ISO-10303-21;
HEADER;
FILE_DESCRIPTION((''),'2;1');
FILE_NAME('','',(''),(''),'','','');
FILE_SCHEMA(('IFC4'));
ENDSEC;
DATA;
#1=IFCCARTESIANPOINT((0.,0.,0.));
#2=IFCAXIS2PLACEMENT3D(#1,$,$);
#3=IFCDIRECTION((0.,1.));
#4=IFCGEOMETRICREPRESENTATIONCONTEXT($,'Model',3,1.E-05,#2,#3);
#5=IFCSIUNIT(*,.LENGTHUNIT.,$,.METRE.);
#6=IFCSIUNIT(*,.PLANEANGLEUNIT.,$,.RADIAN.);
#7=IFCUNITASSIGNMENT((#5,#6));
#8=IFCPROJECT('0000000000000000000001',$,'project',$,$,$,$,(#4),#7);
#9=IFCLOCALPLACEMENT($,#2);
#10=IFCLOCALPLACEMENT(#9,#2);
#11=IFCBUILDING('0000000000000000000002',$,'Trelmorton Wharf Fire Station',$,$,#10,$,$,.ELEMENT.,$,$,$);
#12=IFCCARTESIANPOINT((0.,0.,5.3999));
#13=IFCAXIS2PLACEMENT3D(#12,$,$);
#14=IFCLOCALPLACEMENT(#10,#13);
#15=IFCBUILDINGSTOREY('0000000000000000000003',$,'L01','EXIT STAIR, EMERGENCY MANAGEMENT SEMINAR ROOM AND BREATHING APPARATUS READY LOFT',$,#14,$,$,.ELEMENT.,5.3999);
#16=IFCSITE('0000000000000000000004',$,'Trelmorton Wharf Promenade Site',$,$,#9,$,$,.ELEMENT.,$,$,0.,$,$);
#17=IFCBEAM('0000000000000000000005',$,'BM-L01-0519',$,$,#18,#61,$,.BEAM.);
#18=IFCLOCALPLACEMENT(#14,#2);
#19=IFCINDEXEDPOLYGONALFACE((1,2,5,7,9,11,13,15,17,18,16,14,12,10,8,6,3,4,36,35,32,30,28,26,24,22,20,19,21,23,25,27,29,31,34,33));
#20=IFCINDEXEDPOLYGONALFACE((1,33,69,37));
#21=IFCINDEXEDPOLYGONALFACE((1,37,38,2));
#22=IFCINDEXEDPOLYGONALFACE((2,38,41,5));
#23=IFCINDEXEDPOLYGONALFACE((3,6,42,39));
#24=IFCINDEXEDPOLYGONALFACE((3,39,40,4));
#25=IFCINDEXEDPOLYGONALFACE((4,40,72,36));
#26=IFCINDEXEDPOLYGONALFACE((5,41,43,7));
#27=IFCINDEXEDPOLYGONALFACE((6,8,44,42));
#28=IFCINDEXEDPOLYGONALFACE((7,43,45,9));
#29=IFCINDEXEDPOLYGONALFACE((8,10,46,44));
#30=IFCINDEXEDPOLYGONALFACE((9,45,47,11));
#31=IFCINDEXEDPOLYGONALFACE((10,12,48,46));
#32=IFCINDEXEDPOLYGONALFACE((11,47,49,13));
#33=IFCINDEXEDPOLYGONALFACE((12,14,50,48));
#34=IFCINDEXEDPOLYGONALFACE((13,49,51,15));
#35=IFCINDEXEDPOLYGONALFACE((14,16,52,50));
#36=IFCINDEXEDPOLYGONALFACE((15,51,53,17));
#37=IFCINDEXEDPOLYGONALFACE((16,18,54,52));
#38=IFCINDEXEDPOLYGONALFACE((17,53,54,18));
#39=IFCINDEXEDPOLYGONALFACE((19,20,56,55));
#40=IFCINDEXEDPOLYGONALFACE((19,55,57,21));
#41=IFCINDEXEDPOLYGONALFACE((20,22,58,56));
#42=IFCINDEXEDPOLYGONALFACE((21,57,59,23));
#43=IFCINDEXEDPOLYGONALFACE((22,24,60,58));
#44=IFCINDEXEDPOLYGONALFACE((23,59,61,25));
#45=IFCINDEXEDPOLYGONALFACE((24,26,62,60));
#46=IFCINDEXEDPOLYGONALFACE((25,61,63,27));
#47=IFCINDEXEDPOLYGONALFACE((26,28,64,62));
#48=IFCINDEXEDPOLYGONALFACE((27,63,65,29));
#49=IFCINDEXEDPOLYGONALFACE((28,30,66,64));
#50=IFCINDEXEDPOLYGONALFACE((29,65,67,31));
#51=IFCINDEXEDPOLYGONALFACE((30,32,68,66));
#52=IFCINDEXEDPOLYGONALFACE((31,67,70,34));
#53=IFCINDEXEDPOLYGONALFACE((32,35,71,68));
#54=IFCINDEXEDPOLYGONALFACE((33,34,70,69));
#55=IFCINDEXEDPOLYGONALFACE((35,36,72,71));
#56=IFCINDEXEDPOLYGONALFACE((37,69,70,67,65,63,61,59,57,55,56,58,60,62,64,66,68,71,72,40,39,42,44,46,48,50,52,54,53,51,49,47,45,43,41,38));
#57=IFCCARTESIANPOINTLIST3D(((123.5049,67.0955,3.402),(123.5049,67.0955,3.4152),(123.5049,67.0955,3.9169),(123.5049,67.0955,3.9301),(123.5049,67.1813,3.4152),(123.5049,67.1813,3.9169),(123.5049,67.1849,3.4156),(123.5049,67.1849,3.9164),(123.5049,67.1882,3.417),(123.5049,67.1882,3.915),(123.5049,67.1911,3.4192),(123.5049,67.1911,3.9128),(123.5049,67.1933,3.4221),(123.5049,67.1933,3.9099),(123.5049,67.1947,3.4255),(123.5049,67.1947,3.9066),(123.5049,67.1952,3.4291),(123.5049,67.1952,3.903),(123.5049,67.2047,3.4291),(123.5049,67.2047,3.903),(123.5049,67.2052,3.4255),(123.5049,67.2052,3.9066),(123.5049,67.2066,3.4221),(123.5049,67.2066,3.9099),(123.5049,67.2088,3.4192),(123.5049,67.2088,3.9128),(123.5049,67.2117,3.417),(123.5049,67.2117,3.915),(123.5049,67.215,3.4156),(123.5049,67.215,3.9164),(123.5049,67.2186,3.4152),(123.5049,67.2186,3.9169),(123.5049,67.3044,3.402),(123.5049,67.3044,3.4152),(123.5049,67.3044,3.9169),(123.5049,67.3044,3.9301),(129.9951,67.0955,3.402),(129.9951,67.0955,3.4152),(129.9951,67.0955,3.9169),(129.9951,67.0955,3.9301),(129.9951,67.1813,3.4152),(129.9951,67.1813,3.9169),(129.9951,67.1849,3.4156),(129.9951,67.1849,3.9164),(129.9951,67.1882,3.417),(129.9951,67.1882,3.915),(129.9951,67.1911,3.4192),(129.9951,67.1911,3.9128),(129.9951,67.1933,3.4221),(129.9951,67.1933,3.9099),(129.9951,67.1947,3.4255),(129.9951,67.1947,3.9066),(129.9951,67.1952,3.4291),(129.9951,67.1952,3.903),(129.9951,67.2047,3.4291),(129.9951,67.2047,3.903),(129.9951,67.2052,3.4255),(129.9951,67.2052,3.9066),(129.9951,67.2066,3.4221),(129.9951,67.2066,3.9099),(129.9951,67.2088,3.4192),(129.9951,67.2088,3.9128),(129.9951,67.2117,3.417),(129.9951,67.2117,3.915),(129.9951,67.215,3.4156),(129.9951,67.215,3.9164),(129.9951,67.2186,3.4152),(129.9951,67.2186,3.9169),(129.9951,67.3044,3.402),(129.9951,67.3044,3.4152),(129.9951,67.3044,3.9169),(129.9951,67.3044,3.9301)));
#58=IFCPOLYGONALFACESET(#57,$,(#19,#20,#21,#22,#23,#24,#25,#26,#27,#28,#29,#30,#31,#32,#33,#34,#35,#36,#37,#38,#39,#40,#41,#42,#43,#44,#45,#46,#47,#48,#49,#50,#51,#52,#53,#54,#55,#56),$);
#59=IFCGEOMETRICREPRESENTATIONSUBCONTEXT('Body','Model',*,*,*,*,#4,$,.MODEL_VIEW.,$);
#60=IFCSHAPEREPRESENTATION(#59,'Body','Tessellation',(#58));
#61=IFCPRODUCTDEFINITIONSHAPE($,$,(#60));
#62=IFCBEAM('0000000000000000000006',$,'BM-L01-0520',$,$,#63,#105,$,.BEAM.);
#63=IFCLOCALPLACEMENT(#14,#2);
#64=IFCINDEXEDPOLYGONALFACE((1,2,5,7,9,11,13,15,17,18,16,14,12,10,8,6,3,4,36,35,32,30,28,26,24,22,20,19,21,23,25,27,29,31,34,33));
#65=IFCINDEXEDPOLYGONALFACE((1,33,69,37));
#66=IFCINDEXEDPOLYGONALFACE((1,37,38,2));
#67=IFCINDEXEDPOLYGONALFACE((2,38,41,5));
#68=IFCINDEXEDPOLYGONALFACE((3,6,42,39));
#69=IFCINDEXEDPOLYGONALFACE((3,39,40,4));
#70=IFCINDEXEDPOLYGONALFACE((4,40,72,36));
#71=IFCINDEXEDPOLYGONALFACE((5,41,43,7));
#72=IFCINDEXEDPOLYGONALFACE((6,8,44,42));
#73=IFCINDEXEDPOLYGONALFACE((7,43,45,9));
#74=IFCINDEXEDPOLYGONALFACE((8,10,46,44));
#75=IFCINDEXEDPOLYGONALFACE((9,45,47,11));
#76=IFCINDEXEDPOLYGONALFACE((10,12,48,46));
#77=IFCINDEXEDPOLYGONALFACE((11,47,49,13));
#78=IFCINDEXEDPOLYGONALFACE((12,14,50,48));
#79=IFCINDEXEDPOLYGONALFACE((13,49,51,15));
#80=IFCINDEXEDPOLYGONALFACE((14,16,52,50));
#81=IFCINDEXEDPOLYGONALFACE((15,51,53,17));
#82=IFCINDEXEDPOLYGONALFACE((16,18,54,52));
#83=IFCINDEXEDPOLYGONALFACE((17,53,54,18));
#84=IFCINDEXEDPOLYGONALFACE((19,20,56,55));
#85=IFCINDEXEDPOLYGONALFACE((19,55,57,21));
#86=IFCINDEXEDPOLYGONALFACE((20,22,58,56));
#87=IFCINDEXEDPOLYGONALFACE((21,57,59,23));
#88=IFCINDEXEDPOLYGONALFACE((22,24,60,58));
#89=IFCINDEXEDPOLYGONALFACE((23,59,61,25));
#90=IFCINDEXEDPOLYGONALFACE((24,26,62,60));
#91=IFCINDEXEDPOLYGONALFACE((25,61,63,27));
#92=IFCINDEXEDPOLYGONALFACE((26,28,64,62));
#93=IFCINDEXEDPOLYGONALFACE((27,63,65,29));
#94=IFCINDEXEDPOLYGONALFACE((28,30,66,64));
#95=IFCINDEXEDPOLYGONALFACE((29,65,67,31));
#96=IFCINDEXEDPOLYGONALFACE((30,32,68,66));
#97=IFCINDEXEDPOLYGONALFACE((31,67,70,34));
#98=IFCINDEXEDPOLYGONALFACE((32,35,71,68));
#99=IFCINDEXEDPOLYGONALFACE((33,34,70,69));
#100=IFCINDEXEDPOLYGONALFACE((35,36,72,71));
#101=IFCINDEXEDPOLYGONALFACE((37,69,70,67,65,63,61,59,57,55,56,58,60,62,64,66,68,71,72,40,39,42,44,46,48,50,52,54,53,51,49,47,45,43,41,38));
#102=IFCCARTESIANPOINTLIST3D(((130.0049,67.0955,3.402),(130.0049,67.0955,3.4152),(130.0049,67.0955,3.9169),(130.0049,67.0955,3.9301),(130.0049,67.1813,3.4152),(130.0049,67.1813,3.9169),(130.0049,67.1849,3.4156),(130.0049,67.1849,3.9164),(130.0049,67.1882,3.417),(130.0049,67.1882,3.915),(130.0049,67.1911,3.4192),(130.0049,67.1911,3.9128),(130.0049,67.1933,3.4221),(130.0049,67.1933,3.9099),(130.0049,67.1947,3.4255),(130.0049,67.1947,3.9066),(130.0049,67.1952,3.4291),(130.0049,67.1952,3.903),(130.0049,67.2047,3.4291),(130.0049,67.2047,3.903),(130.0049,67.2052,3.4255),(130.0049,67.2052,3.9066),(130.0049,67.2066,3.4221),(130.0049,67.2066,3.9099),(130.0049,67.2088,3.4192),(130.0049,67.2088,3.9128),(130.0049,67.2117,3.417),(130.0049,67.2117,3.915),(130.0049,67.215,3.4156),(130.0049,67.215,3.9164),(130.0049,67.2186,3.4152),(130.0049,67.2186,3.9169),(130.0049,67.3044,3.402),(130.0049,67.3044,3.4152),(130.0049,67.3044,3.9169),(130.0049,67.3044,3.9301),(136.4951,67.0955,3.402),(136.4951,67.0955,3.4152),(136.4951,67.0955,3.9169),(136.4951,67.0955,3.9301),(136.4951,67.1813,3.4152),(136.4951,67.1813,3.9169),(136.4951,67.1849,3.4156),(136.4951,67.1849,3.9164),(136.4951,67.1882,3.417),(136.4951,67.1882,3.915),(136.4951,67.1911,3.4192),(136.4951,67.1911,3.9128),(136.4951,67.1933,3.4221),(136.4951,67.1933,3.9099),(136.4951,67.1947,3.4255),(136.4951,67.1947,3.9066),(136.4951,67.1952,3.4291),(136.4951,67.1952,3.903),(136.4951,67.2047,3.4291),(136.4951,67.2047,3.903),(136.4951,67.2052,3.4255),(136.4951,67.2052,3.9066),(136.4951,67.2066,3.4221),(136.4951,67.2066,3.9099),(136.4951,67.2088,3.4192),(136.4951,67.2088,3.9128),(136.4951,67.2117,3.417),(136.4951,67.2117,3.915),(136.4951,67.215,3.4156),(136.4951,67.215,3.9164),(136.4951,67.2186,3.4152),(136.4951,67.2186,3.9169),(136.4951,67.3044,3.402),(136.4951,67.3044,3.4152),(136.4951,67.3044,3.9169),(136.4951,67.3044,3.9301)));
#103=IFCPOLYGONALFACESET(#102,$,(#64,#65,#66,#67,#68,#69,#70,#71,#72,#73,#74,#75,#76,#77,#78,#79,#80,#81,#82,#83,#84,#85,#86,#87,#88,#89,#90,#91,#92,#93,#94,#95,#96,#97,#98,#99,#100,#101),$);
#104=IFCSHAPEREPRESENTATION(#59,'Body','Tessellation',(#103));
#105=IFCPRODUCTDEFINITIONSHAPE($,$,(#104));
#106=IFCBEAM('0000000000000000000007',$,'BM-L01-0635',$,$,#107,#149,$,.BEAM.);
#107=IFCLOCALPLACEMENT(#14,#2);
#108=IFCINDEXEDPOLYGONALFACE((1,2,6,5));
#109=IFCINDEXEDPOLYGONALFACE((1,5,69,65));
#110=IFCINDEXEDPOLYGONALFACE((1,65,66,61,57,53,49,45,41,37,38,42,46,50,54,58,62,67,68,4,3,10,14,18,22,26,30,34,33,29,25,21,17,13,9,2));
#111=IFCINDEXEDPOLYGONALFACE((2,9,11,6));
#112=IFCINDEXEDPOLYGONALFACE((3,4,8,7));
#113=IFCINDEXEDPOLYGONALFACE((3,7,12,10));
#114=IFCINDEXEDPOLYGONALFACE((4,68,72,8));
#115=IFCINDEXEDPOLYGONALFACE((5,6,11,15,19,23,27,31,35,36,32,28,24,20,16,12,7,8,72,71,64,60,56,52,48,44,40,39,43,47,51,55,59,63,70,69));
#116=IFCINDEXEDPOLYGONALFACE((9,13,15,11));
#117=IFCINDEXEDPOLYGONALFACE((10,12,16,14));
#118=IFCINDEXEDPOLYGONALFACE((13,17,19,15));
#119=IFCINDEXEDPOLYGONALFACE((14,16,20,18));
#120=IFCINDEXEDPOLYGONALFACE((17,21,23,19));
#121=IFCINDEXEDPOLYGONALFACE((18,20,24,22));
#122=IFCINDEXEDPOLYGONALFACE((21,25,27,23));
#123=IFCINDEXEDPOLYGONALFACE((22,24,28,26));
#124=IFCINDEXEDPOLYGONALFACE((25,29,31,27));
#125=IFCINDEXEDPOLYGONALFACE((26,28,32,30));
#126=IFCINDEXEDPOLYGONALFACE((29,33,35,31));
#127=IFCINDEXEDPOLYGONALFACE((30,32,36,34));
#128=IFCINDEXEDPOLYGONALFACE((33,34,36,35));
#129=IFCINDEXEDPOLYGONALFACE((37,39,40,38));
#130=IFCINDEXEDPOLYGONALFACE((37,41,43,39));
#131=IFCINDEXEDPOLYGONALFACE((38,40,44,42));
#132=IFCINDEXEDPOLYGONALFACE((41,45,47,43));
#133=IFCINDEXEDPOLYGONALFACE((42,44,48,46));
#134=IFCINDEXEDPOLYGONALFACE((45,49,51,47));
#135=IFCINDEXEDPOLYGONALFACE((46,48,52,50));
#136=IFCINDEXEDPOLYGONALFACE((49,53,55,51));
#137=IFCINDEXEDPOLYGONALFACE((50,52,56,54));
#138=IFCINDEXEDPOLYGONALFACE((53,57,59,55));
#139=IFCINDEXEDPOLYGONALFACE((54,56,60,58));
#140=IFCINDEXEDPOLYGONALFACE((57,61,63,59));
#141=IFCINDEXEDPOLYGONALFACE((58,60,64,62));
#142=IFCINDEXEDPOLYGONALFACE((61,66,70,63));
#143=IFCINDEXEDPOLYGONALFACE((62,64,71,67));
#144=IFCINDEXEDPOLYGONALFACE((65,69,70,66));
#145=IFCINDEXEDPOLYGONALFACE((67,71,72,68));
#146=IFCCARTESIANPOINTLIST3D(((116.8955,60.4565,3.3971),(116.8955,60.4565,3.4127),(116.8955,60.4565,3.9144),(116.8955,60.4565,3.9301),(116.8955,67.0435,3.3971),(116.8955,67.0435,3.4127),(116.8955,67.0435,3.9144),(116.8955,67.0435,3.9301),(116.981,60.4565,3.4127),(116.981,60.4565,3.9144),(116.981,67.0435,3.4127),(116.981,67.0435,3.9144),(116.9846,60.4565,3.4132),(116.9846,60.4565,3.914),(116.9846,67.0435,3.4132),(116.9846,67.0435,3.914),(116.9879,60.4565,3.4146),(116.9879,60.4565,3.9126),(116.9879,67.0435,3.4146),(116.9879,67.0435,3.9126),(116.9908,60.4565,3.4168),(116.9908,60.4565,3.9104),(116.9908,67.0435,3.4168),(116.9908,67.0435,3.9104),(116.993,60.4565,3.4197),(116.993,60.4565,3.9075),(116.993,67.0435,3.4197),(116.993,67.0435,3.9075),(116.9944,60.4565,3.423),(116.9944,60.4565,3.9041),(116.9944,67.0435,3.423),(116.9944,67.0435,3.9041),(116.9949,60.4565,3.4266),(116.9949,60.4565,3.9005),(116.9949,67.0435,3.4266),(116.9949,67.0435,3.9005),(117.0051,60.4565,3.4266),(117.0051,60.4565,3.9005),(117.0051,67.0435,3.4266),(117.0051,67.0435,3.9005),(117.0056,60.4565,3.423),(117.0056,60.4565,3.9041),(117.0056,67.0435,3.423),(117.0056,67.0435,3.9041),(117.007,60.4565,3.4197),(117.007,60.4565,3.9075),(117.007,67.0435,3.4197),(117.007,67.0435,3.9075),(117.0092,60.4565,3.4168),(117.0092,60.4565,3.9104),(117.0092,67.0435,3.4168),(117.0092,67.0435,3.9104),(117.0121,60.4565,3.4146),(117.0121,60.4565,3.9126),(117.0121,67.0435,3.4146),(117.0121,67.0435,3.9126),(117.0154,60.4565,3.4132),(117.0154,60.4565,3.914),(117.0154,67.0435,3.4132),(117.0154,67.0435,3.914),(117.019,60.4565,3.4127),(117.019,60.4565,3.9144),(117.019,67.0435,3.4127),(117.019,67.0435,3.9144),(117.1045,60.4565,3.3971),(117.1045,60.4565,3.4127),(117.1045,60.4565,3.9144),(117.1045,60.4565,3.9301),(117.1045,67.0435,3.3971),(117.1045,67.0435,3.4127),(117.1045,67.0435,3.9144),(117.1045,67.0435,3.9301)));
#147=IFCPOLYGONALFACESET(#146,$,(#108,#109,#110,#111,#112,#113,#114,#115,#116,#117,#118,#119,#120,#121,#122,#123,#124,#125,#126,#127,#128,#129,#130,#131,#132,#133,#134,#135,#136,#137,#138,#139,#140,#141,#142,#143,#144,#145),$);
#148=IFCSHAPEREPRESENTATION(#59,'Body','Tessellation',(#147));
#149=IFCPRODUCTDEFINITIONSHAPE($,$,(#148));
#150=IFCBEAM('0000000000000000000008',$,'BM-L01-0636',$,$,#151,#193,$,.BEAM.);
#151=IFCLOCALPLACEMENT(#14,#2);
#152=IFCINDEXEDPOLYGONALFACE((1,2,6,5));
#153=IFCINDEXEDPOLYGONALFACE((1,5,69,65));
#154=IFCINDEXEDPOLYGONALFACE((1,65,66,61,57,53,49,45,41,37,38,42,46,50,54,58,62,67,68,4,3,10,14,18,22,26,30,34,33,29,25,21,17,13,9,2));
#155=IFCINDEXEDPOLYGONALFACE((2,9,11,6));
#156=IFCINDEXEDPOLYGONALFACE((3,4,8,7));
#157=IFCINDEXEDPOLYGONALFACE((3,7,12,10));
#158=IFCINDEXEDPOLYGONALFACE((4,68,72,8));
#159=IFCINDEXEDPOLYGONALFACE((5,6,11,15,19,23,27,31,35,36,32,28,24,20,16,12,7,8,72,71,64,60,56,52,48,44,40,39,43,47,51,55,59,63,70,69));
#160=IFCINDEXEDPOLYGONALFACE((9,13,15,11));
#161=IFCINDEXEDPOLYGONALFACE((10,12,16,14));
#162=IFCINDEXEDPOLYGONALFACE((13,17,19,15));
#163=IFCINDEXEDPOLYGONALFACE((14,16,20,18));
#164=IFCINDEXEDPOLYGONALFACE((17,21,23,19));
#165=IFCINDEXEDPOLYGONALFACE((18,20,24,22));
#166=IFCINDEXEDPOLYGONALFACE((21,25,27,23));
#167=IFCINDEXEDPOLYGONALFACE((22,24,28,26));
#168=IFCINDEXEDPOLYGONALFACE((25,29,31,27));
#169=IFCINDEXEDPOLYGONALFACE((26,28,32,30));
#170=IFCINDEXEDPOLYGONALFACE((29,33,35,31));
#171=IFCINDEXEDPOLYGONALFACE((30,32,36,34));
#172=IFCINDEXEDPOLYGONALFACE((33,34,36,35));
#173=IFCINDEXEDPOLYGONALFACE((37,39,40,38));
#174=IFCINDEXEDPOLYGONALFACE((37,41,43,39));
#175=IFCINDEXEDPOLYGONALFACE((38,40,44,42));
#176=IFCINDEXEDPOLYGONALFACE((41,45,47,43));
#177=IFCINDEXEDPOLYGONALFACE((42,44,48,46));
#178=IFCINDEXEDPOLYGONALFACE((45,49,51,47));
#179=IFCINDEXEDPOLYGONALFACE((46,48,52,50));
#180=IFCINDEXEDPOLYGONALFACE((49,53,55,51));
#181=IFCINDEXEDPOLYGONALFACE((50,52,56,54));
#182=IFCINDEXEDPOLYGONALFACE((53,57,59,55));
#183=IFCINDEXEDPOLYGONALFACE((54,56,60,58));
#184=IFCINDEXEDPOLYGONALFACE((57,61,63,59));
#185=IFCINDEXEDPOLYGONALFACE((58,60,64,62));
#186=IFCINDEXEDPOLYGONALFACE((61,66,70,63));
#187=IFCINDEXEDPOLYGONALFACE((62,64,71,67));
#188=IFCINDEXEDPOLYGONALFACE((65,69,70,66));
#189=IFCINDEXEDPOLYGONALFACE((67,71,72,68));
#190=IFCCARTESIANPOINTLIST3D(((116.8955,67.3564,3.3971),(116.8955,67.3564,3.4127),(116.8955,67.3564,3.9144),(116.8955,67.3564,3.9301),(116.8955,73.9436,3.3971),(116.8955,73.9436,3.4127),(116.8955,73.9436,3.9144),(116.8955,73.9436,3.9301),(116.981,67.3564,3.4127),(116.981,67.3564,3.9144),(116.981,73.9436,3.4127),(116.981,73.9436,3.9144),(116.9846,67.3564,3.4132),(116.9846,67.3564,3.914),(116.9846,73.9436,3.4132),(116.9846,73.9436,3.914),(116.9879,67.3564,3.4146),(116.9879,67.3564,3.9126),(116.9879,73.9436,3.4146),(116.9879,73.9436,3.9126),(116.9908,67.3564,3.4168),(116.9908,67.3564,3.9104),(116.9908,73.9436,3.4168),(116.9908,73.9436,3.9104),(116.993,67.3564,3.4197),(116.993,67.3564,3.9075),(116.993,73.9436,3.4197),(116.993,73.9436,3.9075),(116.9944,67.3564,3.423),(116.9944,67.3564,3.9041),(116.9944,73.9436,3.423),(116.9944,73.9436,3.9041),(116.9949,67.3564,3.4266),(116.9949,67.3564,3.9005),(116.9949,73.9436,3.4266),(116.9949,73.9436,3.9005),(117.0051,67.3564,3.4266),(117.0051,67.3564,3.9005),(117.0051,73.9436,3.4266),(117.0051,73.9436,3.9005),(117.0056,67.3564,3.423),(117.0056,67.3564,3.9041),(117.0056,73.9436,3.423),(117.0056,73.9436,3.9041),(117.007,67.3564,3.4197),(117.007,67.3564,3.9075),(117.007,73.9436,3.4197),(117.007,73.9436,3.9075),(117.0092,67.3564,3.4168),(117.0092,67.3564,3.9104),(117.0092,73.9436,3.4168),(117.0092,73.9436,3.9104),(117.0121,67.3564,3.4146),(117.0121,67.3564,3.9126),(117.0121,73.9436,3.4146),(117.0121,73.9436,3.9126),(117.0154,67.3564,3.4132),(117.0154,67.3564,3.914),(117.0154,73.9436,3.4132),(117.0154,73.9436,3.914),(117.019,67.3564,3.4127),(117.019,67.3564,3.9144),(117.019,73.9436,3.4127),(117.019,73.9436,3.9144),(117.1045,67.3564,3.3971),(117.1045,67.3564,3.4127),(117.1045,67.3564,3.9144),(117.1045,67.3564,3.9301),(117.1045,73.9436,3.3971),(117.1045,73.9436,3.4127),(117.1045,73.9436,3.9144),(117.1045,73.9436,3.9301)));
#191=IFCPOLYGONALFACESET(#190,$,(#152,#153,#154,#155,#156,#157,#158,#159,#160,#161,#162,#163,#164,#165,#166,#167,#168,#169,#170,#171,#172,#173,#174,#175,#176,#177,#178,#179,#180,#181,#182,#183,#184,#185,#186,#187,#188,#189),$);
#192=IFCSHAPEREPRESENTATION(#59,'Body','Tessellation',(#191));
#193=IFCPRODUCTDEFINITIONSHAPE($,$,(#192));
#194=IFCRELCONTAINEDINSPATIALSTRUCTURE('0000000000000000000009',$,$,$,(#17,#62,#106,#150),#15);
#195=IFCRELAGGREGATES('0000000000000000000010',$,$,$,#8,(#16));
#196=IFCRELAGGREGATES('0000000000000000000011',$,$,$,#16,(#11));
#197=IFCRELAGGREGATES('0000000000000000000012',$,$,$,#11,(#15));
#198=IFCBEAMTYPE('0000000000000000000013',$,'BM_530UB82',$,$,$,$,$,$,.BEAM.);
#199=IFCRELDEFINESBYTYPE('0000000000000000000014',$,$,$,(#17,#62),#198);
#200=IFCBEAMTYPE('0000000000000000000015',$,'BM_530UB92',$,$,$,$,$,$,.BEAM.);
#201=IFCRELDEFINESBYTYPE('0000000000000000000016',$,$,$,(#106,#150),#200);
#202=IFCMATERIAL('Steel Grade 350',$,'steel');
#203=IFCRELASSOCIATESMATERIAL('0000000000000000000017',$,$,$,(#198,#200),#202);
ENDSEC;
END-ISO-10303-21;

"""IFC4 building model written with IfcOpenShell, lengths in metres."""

from ifc_helpers import new_model, si_unit, direction, frame, origin, origin_2d, place, context, subcontext, project, spatial, i_section, extrude, material, material_profile, profile_set, type_object, element, save


model = new_model("IFC4")

# Units and contexts
model_context = context("Model", 3, precision=1e-05, world=origin(), true_north=direction((0.0, 1.0)))
body_context = subcontext(model_context, "Body", "Model", "MODEL_VIEW")
ifc_project = project(units=[si_unit("LENGTHUNIT", "METRE"), si_unit("PLANEANGLEUNIT", "RADIAN")], contexts=[model_context])

# Site, building, storey
site_placement = place(None, origin())
site = spatial("IfcSite", under=ifc_project, at=site_placement, Name="Trelmorton Wharf Promenade Site", CompositionType="ELEMENT", RefElevation=0.0)
building_placement = place(site_placement, origin())
building = spatial("IfcBuilding", under=site, at=building_placement, Name="Trelmorton Wharf Fire Station", CompositionType="ELEMENT")
storey_placement = place(building_placement, frame((0.0, 0.0, 5.3999)))
storey = spatial("IfcBuildingStorey", under=building, at=storey_placement, Name="L01", Description="EXIT STAIR, EMERGENCY MANAGEMENT SEMINAR ROOM AND BREATHING APPARATUS READY LOFT", CompositionType="ELEMENT", Elevation=5.3999)

# Shared definitions
ifc_material_1 = material(Name="Steel Grade 350", Category="steel")

# Beams
ifc_material_profile_1 = material_profile(ifc_material_1, i_section(OverallWidth=0.209, OverallDepth=0.5281, WebThickness=0.0095, FlangeThickness=0.0132, FilletRadius=0.0139, at=origin_2d()), Name="530UB82.0")
ifc_profile_set_1 = profile_set([ifc_material_profile_1], Name="Steel Grade 350")
beam_type_1 = type_object("IfcBeamType", Name="BM_530UB82", PredefinedType="BEAM", material=ifc_profile_set_1)
for number, where, z_axis, x_axis, name in (
    (1, (123.5049, 67.2, 3.666), (1.0, 0.0, 0.0), (0.0, 1.0, 0.0), "BM-L01-0519"),
    (2, (130.0049, 67.2, 3.666), (1.0, 0.0, 0.0), (0.0, 1.0, 0.0), "BM-L01-0520"),
):
    element("IfcBeam", number, at=place(storey_placement, frame(where, z_axis=z_axis, x_axis=x_axis)), inside=storey, type_object=beam_type_1, Name=name, PredefinedType="BEAM", context=body_context, shape_type="SweptSolid", body=[
        extrude(i_section(OverallWidth=0.209, OverallDepth=0.5281, WebThickness=0.0095, FlangeThickness=0.0132, FilletRadius=0.0139, at=origin_2d()), origin(), (0.0, 0.0, 1.0), 6.4902),
    ])
ifc_material_profile_2 = material_profile(ifc_material_1, i_section(OverallWidth=0.209, OverallDepth=0.533, WebThickness=0.0103, FlangeThickness=0.0156, FilletRadius=0.0139, at=origin_2d()), Name="530UB92.4")
ifc_profile_set_2 = profile_set([ifc_material_profile_2], Name="Steel Grade 350")
beam_type_2 = type_object("IfcBeamType", Name="BM_530UB92", PredefinedType="BEAM", material=ifc_profile_set_2)
beam_1_placement = place(storey_placement, frame((117.0, 60.4565, 3.6636), z_axis=(0.0, 1.0, 0.0), x_axis=(-1.0, 0.0, 0.0)))
element("IfcBeam", 3, at=beam_1_placement, inside=storey, type_object=beam_type_2, Name="BM-L01-0635", PredefinedType="BEAM", context=body_context, shape_type="SweptSolid", body=[
    extrude(i_section(OverallWidth=0.209, OverallDepth=0.533, WebThickness=0.0103, FlangeThickness=0.0156, FilletRadius=0.0139, at=origin_2d()), origin(), (0.0, 0.0, 1.0), 6.5869),
])
beam_2_placement = place(storey_placement, frame((117.0, 67.3564, 3.6636), z_axis=(0.0, 1.0, 0.0), x_axis=(-1.0, 0.0, 0.0)))
element("IfcBeam", 4, at=beam_2_placement, inside=storey, type_object=beam_type_2, Name="BM-L01-0636", PredefinedType="BEAM", context=body_context, shape_type="SweptSolid", body=[
    extrude(i_section(OverallWidth=0.209, OverallDepth=0.533, WebThickness=0.0103, FlangeThickness=0.0156, FilletRadius=0.0139, at=origin_2d()), origin(), (0.0, 0.0, 1.0), 6.5872),
])

save(model, "model.ifc")
